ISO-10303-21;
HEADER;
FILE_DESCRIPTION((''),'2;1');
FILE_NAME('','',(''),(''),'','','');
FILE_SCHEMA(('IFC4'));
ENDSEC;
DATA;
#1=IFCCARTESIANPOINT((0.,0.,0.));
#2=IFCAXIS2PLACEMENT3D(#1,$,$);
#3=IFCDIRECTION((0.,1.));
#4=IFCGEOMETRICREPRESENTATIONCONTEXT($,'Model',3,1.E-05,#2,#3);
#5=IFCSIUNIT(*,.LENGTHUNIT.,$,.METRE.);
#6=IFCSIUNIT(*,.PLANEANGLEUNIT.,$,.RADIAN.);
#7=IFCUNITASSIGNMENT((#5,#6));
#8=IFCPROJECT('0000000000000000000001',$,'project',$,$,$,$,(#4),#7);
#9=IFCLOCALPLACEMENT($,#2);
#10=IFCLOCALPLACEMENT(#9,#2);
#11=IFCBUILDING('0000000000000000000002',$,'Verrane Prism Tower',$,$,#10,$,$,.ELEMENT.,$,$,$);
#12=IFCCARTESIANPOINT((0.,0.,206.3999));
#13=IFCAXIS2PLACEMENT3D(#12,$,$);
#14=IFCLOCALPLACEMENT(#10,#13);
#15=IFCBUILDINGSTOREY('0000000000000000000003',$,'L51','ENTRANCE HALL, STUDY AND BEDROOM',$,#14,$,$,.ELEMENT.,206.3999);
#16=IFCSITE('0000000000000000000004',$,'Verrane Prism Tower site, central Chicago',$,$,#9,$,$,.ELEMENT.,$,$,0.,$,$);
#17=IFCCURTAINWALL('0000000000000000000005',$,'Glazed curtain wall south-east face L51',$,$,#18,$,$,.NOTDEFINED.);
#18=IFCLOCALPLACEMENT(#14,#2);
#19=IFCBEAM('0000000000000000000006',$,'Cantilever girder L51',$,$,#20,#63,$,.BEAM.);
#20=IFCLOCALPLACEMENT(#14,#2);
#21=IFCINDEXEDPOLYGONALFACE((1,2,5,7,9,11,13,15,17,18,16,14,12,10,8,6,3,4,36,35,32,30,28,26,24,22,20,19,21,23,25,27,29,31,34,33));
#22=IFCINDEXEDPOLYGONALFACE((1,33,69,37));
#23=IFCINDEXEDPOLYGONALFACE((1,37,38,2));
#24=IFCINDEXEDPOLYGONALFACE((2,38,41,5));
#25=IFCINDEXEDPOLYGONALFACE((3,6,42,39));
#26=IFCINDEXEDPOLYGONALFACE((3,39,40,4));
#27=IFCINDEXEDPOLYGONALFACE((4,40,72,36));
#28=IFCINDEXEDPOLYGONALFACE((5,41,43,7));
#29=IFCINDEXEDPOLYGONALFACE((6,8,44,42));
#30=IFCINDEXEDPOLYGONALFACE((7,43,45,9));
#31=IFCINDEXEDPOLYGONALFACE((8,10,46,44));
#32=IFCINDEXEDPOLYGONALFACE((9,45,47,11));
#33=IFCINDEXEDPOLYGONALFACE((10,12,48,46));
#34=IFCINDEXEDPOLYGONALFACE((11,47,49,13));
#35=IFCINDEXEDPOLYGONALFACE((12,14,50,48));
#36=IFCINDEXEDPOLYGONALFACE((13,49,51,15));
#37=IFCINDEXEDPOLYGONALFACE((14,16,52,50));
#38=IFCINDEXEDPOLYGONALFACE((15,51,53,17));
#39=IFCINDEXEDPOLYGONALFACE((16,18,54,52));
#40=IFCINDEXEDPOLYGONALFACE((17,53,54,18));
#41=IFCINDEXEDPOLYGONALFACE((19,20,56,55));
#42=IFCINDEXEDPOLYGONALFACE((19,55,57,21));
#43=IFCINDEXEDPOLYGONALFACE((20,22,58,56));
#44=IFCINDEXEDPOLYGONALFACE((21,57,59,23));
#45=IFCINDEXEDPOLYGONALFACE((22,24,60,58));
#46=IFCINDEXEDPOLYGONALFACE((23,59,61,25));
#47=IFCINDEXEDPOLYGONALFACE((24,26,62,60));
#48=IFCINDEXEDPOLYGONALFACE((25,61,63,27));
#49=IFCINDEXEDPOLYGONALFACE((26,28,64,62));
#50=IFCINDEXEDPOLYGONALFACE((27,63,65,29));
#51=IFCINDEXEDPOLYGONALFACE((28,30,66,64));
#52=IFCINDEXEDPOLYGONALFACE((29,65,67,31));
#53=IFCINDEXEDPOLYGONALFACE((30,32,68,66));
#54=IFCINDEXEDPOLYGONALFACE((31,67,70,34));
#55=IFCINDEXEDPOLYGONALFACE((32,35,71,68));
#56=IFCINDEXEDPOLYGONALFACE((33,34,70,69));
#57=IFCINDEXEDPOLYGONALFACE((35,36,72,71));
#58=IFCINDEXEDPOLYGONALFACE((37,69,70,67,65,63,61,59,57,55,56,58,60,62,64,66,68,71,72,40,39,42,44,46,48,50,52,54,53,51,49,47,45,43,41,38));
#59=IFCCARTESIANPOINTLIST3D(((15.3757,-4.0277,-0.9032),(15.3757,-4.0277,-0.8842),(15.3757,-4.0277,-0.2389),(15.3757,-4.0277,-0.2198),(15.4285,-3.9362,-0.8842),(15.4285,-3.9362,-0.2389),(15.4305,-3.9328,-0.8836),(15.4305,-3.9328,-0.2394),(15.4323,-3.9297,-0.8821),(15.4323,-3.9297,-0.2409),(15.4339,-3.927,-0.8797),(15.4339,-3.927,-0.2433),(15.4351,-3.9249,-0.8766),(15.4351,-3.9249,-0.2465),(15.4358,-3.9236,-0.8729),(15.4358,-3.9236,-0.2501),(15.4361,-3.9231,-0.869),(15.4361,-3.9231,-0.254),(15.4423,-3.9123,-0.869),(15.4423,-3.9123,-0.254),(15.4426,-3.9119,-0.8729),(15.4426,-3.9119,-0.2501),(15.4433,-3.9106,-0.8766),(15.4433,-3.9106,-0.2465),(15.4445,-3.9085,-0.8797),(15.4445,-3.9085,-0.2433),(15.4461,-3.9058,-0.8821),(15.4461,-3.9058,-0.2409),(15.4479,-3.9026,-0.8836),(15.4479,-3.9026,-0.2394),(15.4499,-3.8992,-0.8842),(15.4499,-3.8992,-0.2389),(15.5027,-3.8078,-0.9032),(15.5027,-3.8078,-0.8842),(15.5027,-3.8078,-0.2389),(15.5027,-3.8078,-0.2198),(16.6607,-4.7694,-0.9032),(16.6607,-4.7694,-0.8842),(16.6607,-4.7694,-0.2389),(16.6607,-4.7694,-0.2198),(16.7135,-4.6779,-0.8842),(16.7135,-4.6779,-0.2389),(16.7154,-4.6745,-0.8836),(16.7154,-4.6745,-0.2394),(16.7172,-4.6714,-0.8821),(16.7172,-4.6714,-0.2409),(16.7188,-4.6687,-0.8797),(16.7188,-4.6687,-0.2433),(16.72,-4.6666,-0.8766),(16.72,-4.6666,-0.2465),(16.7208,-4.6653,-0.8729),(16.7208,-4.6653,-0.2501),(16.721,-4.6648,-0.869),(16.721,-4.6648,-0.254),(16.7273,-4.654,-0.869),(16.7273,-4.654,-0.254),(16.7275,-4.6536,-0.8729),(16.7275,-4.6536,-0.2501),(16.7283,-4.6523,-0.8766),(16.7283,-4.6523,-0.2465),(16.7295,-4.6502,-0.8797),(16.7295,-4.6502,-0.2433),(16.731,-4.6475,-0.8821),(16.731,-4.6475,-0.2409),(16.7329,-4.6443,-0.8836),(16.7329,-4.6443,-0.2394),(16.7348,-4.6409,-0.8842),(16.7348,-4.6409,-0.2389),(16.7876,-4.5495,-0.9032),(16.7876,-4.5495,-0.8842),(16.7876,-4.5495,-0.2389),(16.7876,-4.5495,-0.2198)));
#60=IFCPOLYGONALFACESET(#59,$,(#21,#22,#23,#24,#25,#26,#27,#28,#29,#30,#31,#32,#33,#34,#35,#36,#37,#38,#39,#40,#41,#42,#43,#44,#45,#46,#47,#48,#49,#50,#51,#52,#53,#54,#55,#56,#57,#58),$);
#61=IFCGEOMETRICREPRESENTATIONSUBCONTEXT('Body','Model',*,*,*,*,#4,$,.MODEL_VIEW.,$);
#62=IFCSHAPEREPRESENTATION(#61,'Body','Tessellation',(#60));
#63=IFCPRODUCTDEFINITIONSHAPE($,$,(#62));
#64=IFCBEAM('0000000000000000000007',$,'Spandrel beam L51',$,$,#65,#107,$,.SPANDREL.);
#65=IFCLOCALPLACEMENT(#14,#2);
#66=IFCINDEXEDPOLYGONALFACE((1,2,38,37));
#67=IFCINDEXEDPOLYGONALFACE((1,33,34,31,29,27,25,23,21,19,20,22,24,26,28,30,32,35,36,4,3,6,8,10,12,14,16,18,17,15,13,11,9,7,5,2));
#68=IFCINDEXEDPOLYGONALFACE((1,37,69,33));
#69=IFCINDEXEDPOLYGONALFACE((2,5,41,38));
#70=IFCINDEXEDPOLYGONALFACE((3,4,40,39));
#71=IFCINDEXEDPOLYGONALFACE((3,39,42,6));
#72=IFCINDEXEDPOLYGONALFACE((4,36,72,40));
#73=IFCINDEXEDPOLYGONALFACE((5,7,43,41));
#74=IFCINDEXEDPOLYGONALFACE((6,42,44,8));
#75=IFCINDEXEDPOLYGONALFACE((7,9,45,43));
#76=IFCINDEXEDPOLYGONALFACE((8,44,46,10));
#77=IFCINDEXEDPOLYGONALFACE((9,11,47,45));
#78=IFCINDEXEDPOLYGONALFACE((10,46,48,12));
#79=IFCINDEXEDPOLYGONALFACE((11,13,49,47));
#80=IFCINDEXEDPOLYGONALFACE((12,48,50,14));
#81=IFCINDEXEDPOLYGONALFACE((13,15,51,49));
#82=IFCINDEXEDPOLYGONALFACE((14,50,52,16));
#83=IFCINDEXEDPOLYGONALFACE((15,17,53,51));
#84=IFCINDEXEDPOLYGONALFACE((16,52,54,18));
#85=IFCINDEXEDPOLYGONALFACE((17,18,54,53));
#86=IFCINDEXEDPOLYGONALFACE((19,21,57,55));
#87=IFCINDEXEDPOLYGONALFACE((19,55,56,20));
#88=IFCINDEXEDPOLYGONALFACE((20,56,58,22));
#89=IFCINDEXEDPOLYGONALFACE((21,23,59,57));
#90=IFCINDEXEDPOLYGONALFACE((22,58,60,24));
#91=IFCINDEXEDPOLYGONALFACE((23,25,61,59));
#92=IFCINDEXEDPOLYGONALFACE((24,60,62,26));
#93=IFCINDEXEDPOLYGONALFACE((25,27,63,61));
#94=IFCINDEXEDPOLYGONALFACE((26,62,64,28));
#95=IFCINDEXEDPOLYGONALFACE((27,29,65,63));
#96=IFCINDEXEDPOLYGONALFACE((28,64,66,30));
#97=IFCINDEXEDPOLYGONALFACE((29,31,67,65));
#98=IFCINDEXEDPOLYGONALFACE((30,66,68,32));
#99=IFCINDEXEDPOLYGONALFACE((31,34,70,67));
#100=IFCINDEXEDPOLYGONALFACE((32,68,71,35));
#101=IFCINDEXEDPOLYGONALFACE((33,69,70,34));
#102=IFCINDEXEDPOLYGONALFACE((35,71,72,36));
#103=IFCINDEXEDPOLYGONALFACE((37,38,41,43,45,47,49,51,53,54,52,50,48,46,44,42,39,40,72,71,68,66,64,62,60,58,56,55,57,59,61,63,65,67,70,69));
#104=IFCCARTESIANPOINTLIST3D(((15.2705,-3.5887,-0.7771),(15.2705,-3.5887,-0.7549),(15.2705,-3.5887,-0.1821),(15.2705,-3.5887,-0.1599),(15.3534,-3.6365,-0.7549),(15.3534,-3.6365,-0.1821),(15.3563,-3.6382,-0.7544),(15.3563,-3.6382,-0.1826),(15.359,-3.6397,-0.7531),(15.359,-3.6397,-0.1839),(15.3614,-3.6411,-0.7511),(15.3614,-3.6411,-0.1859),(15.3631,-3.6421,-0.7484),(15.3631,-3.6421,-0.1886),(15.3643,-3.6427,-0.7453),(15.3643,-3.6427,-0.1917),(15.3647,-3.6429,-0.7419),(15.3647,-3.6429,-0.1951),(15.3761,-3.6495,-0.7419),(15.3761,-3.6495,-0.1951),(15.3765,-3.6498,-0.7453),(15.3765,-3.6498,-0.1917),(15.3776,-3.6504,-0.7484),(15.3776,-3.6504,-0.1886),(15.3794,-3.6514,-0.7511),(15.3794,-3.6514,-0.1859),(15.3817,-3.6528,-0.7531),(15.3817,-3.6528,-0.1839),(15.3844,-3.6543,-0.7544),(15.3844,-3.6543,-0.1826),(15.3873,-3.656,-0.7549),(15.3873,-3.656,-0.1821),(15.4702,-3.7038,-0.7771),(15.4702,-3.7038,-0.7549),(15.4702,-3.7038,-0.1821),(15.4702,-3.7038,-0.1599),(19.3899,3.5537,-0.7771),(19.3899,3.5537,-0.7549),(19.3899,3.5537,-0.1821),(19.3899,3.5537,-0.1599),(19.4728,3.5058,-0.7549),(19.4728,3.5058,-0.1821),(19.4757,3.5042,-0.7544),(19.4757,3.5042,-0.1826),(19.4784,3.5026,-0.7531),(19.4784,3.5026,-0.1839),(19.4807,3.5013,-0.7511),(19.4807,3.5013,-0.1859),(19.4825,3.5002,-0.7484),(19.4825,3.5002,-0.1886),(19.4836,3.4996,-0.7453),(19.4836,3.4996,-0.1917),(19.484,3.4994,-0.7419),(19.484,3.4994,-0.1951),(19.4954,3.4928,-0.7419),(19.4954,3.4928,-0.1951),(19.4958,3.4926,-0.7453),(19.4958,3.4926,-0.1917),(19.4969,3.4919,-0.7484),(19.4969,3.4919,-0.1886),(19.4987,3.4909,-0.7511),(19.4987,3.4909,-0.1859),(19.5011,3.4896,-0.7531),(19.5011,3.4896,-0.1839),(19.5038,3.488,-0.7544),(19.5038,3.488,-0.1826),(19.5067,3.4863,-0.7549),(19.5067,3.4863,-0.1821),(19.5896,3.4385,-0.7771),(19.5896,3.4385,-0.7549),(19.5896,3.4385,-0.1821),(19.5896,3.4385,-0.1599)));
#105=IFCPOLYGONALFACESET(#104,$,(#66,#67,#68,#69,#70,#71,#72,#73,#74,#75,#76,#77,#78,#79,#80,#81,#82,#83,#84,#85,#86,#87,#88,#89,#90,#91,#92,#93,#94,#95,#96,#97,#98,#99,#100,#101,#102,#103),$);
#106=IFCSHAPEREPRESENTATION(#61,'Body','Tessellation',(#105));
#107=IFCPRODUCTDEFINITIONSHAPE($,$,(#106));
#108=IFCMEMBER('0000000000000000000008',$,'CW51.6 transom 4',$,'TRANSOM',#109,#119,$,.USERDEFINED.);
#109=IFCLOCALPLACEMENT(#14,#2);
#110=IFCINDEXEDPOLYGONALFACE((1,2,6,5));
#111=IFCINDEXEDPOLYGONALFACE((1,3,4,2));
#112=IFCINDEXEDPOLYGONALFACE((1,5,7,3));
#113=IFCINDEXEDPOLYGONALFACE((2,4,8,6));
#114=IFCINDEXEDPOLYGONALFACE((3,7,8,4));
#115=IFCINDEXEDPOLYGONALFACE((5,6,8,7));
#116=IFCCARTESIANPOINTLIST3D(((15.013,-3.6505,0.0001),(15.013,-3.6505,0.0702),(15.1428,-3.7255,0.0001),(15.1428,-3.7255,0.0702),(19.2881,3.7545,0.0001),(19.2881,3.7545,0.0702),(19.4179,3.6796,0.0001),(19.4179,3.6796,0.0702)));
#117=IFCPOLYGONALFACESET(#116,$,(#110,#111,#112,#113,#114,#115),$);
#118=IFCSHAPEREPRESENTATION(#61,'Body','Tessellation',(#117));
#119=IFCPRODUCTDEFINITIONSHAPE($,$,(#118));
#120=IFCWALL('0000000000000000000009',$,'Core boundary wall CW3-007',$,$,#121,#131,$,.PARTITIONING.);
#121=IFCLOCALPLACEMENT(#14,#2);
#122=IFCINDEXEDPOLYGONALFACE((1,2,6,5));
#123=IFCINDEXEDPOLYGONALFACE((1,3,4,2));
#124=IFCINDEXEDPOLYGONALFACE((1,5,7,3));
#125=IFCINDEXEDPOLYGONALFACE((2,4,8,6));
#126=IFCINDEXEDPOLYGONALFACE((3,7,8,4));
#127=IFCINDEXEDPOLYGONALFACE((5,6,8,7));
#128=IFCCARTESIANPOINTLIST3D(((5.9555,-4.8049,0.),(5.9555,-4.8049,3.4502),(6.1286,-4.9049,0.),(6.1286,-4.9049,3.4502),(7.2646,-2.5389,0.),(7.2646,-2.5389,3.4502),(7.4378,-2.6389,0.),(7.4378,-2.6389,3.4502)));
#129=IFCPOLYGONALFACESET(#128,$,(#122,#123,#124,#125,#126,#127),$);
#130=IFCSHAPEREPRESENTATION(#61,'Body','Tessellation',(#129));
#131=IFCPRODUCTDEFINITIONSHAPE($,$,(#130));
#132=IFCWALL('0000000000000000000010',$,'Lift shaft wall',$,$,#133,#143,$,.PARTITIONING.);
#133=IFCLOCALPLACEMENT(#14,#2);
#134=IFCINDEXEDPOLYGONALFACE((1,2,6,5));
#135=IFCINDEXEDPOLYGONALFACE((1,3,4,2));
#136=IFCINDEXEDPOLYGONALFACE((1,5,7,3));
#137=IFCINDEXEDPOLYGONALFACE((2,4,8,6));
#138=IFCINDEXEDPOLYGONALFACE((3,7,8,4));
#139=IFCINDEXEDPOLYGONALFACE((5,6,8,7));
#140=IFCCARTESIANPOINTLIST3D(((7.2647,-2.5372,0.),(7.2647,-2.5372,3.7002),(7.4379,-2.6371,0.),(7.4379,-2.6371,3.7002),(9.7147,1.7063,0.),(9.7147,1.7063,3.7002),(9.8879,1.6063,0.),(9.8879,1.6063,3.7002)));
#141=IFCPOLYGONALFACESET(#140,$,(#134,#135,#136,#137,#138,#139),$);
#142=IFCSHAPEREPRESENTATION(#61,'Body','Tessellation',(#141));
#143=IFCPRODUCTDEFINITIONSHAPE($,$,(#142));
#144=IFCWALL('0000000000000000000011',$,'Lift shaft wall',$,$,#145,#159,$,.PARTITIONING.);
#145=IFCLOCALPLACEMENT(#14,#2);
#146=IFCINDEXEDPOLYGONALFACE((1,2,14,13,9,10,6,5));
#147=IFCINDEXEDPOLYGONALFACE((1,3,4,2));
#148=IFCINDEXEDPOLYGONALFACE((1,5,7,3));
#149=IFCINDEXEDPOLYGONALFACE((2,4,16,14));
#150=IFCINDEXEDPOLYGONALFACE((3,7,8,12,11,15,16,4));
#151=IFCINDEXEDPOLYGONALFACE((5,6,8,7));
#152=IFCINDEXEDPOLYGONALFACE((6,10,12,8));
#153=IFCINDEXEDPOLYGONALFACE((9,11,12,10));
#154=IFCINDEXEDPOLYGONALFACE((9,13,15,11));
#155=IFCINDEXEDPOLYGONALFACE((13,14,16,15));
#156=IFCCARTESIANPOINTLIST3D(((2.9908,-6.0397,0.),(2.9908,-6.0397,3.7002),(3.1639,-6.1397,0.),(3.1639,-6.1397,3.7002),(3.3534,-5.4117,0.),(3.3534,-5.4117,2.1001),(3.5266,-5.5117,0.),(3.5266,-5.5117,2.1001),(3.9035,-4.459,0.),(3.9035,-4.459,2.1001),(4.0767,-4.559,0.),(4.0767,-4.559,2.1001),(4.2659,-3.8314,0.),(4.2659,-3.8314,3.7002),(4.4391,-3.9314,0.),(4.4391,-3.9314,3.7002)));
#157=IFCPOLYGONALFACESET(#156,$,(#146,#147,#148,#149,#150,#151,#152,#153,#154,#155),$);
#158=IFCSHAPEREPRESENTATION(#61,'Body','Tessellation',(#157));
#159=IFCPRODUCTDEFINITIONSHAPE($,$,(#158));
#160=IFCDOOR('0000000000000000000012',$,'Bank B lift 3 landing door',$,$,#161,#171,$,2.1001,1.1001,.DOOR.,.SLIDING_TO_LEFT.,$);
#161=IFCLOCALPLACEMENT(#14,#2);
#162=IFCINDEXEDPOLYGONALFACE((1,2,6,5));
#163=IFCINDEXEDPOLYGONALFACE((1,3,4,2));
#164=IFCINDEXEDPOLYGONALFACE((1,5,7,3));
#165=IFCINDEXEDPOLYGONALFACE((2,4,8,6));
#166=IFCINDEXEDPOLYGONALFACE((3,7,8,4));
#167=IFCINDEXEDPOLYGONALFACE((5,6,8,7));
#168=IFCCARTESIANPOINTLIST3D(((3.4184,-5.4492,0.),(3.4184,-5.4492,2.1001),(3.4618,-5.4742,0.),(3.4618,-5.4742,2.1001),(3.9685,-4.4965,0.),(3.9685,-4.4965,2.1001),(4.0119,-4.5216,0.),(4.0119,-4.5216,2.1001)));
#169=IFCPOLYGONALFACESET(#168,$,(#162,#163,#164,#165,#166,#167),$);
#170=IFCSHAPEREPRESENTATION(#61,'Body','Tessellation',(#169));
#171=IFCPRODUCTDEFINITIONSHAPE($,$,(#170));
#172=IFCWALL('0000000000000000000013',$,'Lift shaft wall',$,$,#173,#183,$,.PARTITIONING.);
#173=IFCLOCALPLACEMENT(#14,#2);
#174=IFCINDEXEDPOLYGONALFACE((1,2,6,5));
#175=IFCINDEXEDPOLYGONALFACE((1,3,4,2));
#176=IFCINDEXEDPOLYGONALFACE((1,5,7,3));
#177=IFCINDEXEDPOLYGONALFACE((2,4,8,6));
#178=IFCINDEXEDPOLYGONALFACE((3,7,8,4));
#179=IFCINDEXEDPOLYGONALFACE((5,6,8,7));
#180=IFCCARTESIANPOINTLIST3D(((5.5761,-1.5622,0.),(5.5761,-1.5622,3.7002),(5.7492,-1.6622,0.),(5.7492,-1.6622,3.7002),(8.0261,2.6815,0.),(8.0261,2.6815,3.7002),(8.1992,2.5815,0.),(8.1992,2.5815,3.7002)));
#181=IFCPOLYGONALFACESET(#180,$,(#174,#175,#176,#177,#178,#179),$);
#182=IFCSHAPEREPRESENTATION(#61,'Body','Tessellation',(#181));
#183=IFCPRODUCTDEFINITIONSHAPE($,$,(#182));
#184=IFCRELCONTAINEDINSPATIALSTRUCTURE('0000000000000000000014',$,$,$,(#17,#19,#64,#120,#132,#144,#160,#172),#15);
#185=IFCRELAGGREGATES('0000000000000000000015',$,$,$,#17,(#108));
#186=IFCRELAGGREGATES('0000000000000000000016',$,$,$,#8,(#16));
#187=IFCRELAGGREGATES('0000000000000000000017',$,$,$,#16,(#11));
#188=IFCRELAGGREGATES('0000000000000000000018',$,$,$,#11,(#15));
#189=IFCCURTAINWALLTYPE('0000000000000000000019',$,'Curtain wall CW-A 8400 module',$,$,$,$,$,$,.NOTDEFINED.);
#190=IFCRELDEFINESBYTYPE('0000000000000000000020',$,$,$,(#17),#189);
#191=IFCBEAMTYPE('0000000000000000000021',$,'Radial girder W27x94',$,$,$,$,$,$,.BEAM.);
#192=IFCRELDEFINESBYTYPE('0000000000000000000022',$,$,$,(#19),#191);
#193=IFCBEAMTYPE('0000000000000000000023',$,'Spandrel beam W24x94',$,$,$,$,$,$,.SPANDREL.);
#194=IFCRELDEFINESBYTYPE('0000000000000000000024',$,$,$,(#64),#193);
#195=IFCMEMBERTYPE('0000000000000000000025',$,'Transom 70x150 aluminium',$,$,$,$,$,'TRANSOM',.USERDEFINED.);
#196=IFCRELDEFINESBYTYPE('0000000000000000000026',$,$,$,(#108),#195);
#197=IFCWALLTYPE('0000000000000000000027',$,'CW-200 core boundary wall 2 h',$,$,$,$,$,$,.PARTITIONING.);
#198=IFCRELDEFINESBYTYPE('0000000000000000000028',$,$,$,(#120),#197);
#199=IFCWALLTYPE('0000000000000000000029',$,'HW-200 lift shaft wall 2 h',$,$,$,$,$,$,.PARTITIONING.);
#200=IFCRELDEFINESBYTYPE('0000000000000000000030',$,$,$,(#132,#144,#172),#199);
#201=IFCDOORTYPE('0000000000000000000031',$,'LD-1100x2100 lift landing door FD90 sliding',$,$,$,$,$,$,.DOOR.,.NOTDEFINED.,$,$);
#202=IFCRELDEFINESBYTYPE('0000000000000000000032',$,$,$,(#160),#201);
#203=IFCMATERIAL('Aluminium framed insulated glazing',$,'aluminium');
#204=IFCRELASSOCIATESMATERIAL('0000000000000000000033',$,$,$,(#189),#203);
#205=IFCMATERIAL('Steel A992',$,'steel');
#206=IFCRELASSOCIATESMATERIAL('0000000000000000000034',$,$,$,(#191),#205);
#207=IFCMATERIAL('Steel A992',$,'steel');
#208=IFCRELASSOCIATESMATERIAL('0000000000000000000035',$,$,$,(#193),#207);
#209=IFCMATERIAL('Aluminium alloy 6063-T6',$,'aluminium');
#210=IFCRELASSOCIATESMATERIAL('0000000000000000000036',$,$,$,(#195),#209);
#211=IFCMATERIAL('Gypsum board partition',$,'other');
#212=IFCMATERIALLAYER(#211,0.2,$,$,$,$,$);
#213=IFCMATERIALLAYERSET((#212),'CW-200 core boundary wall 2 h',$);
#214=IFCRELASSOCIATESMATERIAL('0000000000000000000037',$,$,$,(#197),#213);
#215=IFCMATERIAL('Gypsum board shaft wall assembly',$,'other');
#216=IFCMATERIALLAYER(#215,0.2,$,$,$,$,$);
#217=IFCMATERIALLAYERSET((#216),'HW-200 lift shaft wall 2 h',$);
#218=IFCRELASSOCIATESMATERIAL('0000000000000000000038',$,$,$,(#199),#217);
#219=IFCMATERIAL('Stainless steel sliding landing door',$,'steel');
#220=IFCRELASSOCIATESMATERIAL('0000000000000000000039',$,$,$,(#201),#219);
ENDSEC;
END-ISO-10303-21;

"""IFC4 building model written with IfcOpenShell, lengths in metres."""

from ifc_helpers import new_model, si_unit, direction, frame, frame_2d, origin, origin_2d, place, context, subcontext, project, spatial, rectangle, i_section, extrude, material, layer, layer_set, material_profile, profile_set, type_object, element, fill, aggregate, save


model = new_model("IFC4")

# Units and contexts
model_context = context("Model", 3, precision=1e-05, world=origin(), true_north=direction((0.0, 1.0)))
body_context = subcontext(model_context, "Body", "Model", "MODEL_VIEW")
ifc_project = project(units=[si_unit("LENGTHUNIT", "METRE"), si_unit("PLANEANGLEUNIT", "RADIAN")], contexts=[model_context])

# Site, building, storey
site_placement = place(None, origin())
site = spatial("IfcSite", under=ifc_project, at=site_placement, Name="Verrane Prism Tower site, central Chicago", CompositionType="ELEMENT", RefElevation=0.0)
building_placement = place(site_placement, origin())
building = spatial("IfcBuilding", under=site, at=building_placement, Name="Verrane Prism Tower", CompositionType="ELEMENT")
storey_placement = place(building_placement, frame((0.0, 0.0, 206.3999)))
storey = spatial("IfcBuildingStorey", under=building, at=storey_placement, Name="L51", Description="ENTRANCE HALL, STUDY AND BEDROOM", CompositionType="ELEMENT", Elevation=206.3999)

# Curtain wall
ifc_material_1 = material(Name="Aluminium framed insulated glazing", Category="aluminium")
curtain_wall_type = type_object("IfcCurtainWallType", Name="Curtain wall CW-A 8400 module", PredefinedType="NOTDEFINED", material=ifc_material_1)
curtain_wall_placement = place(storey_placement, origin())
curtain_wall = element("IfcCurtainWall", 1, at=curtain_wall_placement, inside=storey, type_object=curtain_wall_type, Name="Glazed curtain wall south-east face L51", PredefinedType="NOTDEFINED")

# Beams
ifc_material_2 = material(Name="Steel A992", Category="steel")
ifc_material_profile_1 = material_profile(ifc_material_2, i_section(OverallWidth=0.2539, OverallDepth=0.6833, WebThickness=0.0125, FlangeThickness=0.019, FilletRadius=0.0151, at=origin_2d()), Name="W27x94")
ifc_profile_set_1 = profile_set([ifc_material_profile_1], Name="Steel A992")
beam_type_1 = type_object("IfcBeamType", Name="Radial girder W27x94", PredefinedType="BEAM", material=ifc_profile_set_1)
beam_1_placement = place(storey_placement, frame((15.4392, -3.9177, -0.5615), z_axis=(0.866068, -0.499927, 0.0), x_axis=(0.499927, 0.866068, 0.0)))
element("IfcBeam", 2, at=beam_1_placement, inside=storey, type_object=beam_type_1, Name="Cantilever girder L51", PredefinedType="BEAM", context=body_context, shape_type="SweptSolid", body=[
    extrude(i_section(OverallWidth=0.2539, OverallDepth=0.6833, WebThickness=0.0125, FlangeThickness=0.019, FilletRadius=0.0151, at=origin_2d()), origin(), (0.0, 0.0, 1.0), 1.4836),
])
ifc_material_3 = material(Name="Steel A992", Category="steel")
ifc_material_profile_2 = material_profile(ifc_material_3, i_section(OverallWidth=0.2305, OverallDepth=0.6172, WebThickness=0.0132, FlangeThickness=0.0222, FilletRadius=0.0129, at=origin_2d()), Name="W24x94")
ifc_profile_set_2 = profile_set([ifc_material_profile_2], Name="Steel A992")
beam_type_2 = type_object("IfcBeamType", Name="Spandrel beam W24x94", PredefinedType="SPANDREL", material=ifc_profile_set_2)
beam_2_placement = place(storey_placement, frame((15.3704, -3.6462, -0.4685), z_axis=(0.499614, 0.866248, 0.0), x_axis=(-0.866248, 0.499614, 0.0)))
element("IfcBeam", 3, at=beam_2_placement, inside=storey, type_object=beam_type_2, Name="Spandrel beam L51", PredefinedType="SPANDREL", context=body_context, shape_type="SweptSolid", body=[
    extrude(i_section(OverallWidth=0.2305, OverallDepth=0.6172, WebThickness=0.0132, FlangeThickness=0.0222, FilletRadius=0.0129, at=origin_2d()), origin(), (0.0, 0.0, 1.0), 8.2451),
])

# Member
ifc_material_4 = material(Name="Aluminium alloy 6063-T6", Category="aluminium")
ifc_material_profile_3 = material_profile(ifc_material_4, rectangle(XDim=0.1499, YDim=0.0701, at=origin_2d()), Name="Transom 70x150 aluminium")
ifc_profile_set_3 = profile_set([ifc_material_profile_3], Name="Aluminium alloy 6063-T6")
member_type_1 = type_object("IfcMemberType", Name="Transom 70x150 aluminium", ElementType="TRANSOM", PredefinedType="USERDEFINED", material=ifc_profile_set_3)
member_1_placement = place(storey_placement, frame((15.0779, -3.688, 0.0352), z_axis=(0.499987, 0.866033, 0.0), x_axis=(-0.866033, 0.499987, 0.0)))
member_1 = element("IfcMember", 4, at=member_1_placement, type_object=member_type_1, Name="CW51.6 transom 4", ObjectType="TRANSOM", PredefinedType="USERDEFINED", context=body_context, shape_type="SweptSolid", body=[
    extrude(rectangle(XDim=0.1499, YDim=0.0701, at=origin_2d()), origin(), (0.0, 0.0, 1.0), 8.5505),
])
aggregate(curtain_wall, [member_1])

# Walls
ifc_material_5 = material(Name="Gypsum board partition", Category="other")
ifc_layer_1 = layer(ifc_material_5, 0.2)
ifc_layer_set_1 = layer_set([ifc_layer_1], Name="CW-200 core boundary wall 2 h")
wall_type_1 = type_object("IfcWallType", Name="CW-200 core boundary wall 2 h", PredefinedType="PARTITIONING", material=ifc_layer_set_1)
wall_1_placement = place(storey_placement, frame((6.042, -4.855, 0.0), z_axis=(0.0, 0.0, 1.0), x_axis=(0.500253, 0.865879, 0.0)))
element("IfcWall", 5, at=wall_1_placement, inside=storey, type_object=wall_type_1, Name="Core boundary wall CW3-007", PredefinedType="PARTITIONING", context=body_context, shape_type="SweptSolid", body=[
    extrude(rectangle(XDim=2.6169, YDim=0.2, at=frame_2d((1.3086, 0.0))), origin(), (0.0, 0.0, 1.0), 3.4502),
])
ifc_material_6 = material(Name="Gypsum board shaft wall assembly", Category="other")
ifc_layer_2 = layer(ifc_material_6, 0.2)
ifc_layer_set_2 = layer_set([ifc_layer_2], Name="HW-200 lift shaft wall 2 h")
wall_type_2 = type_object("IfcWallType", Name="HW-200 lift shaft wall 2 h", PredefinedType="PARTITIONING", material=ifc_layer_set_2)
wall_2_placement = place(storey_placement, frame((7.3513, -2.5872, 0.0), z_axis=(0.0, 0.0, 1.0), x_axis=(0.500003, 0.866024, 0.0)))
element("IfcWall", 6, at=wall_2_placement, inside=storey, type_object=wall_type_2, Name="Lift shaft wall", PredefinedType="PARTITIONING", context=body_context, shape_type="SweptSolid", body=[
    extrude(rectangle(XDim=4.8999, YDim=0.2, at=frame_2d((2.45, 0.0))), origin(), (0.0, 0.0, 1.0), 3.7002),
])

# Wall, opening, door
wall_3_placement = place(storey_placement, frame((3.0774, -6.0896, 0.0), z_axis=(0.0, 0.0, 1.0), x_axis=(0.500062, 0.865989, 0.0)))
wall_3 = element("IfcWall", 7, at=wall_3_placement, inside=storey, type_object=wall_type_2, Name="Lift shaft wall", PredefinedType="PARTITIONING", context=body_context, shape_type="SweptSolid", body=[
    extrude(rectangle(XDim=2.55, YDim=0.2, at=frame_2d((1.2749, 0.0))), origin(), (0.0, 0.0, 1.0), 3.7002),
])
opening_1_placement = place(wall_3_placement, frame((0.7251, 0.0, 0.0)))
opening_1 = element("IfcOpeningElement", 8, at=opening_1_placement, cuts=wall_3, PredefinedType="OPENING", context=body_context, shape_type="SweptSolid", body=[
    extrude(rectangle(XDim=1.1001, YDim=2.1001, at=frame_2d((0.55, 1.05))), frame((0.0, 0.1099, 0.0), z_axis=(0.0, -1.0, 0.0), x_axis=(1.0, 0.0, 0.0)), (0.0, 0.0, 1.0), 0.22),
])
ifc_material_7 = material(Name="Stainless steel sliding landing door", Category="steel")
door_type_1 = type_object("IfcDoorType", Name="LD-1100x2100 lift landing door FD90 sliding", OperationType="NOTDEFINED", PredefinedType="DOOR", material=ifc_material_7)
door_1_placement = place(opening_1_placement, origin())
door_1 = element("IfcDoor", 9, at=door_1_placement, inside=storey, type_object=door_type_1, Name="Bank B lift 3 landing door", OperationType="SLIDING_TO_LEFT", OverallHeight=2.1001, OverallWidth=1.1001, PredefinedType="DOOR", context=body_context, shape_type="SweptSolid", body=[
    extrude(rectangle(XDim=1.1001, YDim=2.1001, at=frame_2d((0.55, 1.05))), frame((0.0, 0.0249, 0.0), z_axis=(0.0, -1.0, 0.0), x_axis=(1.0, 0.0, 0.0)), (0.0, 0.0, 1.0), 0.05),
])
fill(opening_1, door_1)

# Wall
wall_4_placement = place(storey_placement, frame((5.6626, -1.6123, 0.0), z_axis=(0.0, 0.0, 1.0), x_axis=(0.499981, 0.866036, 0.0)))
element("IfcWall", 10, at=wall_4_placement, inside=storey, type_object=wall_type_2, Name="Lift shaft wall", PredefinedType="PARTITIONING", context=body_context, shape_type="SweptSolid", body=[
    extrude(rectangle(XDim=4.9001, YDim=0.2, at=frame_2d((2.4502, 0.0))), origin(), (0.0, 0.0, 1.0), 3.7002),
])

save(model, "model.ifc")
